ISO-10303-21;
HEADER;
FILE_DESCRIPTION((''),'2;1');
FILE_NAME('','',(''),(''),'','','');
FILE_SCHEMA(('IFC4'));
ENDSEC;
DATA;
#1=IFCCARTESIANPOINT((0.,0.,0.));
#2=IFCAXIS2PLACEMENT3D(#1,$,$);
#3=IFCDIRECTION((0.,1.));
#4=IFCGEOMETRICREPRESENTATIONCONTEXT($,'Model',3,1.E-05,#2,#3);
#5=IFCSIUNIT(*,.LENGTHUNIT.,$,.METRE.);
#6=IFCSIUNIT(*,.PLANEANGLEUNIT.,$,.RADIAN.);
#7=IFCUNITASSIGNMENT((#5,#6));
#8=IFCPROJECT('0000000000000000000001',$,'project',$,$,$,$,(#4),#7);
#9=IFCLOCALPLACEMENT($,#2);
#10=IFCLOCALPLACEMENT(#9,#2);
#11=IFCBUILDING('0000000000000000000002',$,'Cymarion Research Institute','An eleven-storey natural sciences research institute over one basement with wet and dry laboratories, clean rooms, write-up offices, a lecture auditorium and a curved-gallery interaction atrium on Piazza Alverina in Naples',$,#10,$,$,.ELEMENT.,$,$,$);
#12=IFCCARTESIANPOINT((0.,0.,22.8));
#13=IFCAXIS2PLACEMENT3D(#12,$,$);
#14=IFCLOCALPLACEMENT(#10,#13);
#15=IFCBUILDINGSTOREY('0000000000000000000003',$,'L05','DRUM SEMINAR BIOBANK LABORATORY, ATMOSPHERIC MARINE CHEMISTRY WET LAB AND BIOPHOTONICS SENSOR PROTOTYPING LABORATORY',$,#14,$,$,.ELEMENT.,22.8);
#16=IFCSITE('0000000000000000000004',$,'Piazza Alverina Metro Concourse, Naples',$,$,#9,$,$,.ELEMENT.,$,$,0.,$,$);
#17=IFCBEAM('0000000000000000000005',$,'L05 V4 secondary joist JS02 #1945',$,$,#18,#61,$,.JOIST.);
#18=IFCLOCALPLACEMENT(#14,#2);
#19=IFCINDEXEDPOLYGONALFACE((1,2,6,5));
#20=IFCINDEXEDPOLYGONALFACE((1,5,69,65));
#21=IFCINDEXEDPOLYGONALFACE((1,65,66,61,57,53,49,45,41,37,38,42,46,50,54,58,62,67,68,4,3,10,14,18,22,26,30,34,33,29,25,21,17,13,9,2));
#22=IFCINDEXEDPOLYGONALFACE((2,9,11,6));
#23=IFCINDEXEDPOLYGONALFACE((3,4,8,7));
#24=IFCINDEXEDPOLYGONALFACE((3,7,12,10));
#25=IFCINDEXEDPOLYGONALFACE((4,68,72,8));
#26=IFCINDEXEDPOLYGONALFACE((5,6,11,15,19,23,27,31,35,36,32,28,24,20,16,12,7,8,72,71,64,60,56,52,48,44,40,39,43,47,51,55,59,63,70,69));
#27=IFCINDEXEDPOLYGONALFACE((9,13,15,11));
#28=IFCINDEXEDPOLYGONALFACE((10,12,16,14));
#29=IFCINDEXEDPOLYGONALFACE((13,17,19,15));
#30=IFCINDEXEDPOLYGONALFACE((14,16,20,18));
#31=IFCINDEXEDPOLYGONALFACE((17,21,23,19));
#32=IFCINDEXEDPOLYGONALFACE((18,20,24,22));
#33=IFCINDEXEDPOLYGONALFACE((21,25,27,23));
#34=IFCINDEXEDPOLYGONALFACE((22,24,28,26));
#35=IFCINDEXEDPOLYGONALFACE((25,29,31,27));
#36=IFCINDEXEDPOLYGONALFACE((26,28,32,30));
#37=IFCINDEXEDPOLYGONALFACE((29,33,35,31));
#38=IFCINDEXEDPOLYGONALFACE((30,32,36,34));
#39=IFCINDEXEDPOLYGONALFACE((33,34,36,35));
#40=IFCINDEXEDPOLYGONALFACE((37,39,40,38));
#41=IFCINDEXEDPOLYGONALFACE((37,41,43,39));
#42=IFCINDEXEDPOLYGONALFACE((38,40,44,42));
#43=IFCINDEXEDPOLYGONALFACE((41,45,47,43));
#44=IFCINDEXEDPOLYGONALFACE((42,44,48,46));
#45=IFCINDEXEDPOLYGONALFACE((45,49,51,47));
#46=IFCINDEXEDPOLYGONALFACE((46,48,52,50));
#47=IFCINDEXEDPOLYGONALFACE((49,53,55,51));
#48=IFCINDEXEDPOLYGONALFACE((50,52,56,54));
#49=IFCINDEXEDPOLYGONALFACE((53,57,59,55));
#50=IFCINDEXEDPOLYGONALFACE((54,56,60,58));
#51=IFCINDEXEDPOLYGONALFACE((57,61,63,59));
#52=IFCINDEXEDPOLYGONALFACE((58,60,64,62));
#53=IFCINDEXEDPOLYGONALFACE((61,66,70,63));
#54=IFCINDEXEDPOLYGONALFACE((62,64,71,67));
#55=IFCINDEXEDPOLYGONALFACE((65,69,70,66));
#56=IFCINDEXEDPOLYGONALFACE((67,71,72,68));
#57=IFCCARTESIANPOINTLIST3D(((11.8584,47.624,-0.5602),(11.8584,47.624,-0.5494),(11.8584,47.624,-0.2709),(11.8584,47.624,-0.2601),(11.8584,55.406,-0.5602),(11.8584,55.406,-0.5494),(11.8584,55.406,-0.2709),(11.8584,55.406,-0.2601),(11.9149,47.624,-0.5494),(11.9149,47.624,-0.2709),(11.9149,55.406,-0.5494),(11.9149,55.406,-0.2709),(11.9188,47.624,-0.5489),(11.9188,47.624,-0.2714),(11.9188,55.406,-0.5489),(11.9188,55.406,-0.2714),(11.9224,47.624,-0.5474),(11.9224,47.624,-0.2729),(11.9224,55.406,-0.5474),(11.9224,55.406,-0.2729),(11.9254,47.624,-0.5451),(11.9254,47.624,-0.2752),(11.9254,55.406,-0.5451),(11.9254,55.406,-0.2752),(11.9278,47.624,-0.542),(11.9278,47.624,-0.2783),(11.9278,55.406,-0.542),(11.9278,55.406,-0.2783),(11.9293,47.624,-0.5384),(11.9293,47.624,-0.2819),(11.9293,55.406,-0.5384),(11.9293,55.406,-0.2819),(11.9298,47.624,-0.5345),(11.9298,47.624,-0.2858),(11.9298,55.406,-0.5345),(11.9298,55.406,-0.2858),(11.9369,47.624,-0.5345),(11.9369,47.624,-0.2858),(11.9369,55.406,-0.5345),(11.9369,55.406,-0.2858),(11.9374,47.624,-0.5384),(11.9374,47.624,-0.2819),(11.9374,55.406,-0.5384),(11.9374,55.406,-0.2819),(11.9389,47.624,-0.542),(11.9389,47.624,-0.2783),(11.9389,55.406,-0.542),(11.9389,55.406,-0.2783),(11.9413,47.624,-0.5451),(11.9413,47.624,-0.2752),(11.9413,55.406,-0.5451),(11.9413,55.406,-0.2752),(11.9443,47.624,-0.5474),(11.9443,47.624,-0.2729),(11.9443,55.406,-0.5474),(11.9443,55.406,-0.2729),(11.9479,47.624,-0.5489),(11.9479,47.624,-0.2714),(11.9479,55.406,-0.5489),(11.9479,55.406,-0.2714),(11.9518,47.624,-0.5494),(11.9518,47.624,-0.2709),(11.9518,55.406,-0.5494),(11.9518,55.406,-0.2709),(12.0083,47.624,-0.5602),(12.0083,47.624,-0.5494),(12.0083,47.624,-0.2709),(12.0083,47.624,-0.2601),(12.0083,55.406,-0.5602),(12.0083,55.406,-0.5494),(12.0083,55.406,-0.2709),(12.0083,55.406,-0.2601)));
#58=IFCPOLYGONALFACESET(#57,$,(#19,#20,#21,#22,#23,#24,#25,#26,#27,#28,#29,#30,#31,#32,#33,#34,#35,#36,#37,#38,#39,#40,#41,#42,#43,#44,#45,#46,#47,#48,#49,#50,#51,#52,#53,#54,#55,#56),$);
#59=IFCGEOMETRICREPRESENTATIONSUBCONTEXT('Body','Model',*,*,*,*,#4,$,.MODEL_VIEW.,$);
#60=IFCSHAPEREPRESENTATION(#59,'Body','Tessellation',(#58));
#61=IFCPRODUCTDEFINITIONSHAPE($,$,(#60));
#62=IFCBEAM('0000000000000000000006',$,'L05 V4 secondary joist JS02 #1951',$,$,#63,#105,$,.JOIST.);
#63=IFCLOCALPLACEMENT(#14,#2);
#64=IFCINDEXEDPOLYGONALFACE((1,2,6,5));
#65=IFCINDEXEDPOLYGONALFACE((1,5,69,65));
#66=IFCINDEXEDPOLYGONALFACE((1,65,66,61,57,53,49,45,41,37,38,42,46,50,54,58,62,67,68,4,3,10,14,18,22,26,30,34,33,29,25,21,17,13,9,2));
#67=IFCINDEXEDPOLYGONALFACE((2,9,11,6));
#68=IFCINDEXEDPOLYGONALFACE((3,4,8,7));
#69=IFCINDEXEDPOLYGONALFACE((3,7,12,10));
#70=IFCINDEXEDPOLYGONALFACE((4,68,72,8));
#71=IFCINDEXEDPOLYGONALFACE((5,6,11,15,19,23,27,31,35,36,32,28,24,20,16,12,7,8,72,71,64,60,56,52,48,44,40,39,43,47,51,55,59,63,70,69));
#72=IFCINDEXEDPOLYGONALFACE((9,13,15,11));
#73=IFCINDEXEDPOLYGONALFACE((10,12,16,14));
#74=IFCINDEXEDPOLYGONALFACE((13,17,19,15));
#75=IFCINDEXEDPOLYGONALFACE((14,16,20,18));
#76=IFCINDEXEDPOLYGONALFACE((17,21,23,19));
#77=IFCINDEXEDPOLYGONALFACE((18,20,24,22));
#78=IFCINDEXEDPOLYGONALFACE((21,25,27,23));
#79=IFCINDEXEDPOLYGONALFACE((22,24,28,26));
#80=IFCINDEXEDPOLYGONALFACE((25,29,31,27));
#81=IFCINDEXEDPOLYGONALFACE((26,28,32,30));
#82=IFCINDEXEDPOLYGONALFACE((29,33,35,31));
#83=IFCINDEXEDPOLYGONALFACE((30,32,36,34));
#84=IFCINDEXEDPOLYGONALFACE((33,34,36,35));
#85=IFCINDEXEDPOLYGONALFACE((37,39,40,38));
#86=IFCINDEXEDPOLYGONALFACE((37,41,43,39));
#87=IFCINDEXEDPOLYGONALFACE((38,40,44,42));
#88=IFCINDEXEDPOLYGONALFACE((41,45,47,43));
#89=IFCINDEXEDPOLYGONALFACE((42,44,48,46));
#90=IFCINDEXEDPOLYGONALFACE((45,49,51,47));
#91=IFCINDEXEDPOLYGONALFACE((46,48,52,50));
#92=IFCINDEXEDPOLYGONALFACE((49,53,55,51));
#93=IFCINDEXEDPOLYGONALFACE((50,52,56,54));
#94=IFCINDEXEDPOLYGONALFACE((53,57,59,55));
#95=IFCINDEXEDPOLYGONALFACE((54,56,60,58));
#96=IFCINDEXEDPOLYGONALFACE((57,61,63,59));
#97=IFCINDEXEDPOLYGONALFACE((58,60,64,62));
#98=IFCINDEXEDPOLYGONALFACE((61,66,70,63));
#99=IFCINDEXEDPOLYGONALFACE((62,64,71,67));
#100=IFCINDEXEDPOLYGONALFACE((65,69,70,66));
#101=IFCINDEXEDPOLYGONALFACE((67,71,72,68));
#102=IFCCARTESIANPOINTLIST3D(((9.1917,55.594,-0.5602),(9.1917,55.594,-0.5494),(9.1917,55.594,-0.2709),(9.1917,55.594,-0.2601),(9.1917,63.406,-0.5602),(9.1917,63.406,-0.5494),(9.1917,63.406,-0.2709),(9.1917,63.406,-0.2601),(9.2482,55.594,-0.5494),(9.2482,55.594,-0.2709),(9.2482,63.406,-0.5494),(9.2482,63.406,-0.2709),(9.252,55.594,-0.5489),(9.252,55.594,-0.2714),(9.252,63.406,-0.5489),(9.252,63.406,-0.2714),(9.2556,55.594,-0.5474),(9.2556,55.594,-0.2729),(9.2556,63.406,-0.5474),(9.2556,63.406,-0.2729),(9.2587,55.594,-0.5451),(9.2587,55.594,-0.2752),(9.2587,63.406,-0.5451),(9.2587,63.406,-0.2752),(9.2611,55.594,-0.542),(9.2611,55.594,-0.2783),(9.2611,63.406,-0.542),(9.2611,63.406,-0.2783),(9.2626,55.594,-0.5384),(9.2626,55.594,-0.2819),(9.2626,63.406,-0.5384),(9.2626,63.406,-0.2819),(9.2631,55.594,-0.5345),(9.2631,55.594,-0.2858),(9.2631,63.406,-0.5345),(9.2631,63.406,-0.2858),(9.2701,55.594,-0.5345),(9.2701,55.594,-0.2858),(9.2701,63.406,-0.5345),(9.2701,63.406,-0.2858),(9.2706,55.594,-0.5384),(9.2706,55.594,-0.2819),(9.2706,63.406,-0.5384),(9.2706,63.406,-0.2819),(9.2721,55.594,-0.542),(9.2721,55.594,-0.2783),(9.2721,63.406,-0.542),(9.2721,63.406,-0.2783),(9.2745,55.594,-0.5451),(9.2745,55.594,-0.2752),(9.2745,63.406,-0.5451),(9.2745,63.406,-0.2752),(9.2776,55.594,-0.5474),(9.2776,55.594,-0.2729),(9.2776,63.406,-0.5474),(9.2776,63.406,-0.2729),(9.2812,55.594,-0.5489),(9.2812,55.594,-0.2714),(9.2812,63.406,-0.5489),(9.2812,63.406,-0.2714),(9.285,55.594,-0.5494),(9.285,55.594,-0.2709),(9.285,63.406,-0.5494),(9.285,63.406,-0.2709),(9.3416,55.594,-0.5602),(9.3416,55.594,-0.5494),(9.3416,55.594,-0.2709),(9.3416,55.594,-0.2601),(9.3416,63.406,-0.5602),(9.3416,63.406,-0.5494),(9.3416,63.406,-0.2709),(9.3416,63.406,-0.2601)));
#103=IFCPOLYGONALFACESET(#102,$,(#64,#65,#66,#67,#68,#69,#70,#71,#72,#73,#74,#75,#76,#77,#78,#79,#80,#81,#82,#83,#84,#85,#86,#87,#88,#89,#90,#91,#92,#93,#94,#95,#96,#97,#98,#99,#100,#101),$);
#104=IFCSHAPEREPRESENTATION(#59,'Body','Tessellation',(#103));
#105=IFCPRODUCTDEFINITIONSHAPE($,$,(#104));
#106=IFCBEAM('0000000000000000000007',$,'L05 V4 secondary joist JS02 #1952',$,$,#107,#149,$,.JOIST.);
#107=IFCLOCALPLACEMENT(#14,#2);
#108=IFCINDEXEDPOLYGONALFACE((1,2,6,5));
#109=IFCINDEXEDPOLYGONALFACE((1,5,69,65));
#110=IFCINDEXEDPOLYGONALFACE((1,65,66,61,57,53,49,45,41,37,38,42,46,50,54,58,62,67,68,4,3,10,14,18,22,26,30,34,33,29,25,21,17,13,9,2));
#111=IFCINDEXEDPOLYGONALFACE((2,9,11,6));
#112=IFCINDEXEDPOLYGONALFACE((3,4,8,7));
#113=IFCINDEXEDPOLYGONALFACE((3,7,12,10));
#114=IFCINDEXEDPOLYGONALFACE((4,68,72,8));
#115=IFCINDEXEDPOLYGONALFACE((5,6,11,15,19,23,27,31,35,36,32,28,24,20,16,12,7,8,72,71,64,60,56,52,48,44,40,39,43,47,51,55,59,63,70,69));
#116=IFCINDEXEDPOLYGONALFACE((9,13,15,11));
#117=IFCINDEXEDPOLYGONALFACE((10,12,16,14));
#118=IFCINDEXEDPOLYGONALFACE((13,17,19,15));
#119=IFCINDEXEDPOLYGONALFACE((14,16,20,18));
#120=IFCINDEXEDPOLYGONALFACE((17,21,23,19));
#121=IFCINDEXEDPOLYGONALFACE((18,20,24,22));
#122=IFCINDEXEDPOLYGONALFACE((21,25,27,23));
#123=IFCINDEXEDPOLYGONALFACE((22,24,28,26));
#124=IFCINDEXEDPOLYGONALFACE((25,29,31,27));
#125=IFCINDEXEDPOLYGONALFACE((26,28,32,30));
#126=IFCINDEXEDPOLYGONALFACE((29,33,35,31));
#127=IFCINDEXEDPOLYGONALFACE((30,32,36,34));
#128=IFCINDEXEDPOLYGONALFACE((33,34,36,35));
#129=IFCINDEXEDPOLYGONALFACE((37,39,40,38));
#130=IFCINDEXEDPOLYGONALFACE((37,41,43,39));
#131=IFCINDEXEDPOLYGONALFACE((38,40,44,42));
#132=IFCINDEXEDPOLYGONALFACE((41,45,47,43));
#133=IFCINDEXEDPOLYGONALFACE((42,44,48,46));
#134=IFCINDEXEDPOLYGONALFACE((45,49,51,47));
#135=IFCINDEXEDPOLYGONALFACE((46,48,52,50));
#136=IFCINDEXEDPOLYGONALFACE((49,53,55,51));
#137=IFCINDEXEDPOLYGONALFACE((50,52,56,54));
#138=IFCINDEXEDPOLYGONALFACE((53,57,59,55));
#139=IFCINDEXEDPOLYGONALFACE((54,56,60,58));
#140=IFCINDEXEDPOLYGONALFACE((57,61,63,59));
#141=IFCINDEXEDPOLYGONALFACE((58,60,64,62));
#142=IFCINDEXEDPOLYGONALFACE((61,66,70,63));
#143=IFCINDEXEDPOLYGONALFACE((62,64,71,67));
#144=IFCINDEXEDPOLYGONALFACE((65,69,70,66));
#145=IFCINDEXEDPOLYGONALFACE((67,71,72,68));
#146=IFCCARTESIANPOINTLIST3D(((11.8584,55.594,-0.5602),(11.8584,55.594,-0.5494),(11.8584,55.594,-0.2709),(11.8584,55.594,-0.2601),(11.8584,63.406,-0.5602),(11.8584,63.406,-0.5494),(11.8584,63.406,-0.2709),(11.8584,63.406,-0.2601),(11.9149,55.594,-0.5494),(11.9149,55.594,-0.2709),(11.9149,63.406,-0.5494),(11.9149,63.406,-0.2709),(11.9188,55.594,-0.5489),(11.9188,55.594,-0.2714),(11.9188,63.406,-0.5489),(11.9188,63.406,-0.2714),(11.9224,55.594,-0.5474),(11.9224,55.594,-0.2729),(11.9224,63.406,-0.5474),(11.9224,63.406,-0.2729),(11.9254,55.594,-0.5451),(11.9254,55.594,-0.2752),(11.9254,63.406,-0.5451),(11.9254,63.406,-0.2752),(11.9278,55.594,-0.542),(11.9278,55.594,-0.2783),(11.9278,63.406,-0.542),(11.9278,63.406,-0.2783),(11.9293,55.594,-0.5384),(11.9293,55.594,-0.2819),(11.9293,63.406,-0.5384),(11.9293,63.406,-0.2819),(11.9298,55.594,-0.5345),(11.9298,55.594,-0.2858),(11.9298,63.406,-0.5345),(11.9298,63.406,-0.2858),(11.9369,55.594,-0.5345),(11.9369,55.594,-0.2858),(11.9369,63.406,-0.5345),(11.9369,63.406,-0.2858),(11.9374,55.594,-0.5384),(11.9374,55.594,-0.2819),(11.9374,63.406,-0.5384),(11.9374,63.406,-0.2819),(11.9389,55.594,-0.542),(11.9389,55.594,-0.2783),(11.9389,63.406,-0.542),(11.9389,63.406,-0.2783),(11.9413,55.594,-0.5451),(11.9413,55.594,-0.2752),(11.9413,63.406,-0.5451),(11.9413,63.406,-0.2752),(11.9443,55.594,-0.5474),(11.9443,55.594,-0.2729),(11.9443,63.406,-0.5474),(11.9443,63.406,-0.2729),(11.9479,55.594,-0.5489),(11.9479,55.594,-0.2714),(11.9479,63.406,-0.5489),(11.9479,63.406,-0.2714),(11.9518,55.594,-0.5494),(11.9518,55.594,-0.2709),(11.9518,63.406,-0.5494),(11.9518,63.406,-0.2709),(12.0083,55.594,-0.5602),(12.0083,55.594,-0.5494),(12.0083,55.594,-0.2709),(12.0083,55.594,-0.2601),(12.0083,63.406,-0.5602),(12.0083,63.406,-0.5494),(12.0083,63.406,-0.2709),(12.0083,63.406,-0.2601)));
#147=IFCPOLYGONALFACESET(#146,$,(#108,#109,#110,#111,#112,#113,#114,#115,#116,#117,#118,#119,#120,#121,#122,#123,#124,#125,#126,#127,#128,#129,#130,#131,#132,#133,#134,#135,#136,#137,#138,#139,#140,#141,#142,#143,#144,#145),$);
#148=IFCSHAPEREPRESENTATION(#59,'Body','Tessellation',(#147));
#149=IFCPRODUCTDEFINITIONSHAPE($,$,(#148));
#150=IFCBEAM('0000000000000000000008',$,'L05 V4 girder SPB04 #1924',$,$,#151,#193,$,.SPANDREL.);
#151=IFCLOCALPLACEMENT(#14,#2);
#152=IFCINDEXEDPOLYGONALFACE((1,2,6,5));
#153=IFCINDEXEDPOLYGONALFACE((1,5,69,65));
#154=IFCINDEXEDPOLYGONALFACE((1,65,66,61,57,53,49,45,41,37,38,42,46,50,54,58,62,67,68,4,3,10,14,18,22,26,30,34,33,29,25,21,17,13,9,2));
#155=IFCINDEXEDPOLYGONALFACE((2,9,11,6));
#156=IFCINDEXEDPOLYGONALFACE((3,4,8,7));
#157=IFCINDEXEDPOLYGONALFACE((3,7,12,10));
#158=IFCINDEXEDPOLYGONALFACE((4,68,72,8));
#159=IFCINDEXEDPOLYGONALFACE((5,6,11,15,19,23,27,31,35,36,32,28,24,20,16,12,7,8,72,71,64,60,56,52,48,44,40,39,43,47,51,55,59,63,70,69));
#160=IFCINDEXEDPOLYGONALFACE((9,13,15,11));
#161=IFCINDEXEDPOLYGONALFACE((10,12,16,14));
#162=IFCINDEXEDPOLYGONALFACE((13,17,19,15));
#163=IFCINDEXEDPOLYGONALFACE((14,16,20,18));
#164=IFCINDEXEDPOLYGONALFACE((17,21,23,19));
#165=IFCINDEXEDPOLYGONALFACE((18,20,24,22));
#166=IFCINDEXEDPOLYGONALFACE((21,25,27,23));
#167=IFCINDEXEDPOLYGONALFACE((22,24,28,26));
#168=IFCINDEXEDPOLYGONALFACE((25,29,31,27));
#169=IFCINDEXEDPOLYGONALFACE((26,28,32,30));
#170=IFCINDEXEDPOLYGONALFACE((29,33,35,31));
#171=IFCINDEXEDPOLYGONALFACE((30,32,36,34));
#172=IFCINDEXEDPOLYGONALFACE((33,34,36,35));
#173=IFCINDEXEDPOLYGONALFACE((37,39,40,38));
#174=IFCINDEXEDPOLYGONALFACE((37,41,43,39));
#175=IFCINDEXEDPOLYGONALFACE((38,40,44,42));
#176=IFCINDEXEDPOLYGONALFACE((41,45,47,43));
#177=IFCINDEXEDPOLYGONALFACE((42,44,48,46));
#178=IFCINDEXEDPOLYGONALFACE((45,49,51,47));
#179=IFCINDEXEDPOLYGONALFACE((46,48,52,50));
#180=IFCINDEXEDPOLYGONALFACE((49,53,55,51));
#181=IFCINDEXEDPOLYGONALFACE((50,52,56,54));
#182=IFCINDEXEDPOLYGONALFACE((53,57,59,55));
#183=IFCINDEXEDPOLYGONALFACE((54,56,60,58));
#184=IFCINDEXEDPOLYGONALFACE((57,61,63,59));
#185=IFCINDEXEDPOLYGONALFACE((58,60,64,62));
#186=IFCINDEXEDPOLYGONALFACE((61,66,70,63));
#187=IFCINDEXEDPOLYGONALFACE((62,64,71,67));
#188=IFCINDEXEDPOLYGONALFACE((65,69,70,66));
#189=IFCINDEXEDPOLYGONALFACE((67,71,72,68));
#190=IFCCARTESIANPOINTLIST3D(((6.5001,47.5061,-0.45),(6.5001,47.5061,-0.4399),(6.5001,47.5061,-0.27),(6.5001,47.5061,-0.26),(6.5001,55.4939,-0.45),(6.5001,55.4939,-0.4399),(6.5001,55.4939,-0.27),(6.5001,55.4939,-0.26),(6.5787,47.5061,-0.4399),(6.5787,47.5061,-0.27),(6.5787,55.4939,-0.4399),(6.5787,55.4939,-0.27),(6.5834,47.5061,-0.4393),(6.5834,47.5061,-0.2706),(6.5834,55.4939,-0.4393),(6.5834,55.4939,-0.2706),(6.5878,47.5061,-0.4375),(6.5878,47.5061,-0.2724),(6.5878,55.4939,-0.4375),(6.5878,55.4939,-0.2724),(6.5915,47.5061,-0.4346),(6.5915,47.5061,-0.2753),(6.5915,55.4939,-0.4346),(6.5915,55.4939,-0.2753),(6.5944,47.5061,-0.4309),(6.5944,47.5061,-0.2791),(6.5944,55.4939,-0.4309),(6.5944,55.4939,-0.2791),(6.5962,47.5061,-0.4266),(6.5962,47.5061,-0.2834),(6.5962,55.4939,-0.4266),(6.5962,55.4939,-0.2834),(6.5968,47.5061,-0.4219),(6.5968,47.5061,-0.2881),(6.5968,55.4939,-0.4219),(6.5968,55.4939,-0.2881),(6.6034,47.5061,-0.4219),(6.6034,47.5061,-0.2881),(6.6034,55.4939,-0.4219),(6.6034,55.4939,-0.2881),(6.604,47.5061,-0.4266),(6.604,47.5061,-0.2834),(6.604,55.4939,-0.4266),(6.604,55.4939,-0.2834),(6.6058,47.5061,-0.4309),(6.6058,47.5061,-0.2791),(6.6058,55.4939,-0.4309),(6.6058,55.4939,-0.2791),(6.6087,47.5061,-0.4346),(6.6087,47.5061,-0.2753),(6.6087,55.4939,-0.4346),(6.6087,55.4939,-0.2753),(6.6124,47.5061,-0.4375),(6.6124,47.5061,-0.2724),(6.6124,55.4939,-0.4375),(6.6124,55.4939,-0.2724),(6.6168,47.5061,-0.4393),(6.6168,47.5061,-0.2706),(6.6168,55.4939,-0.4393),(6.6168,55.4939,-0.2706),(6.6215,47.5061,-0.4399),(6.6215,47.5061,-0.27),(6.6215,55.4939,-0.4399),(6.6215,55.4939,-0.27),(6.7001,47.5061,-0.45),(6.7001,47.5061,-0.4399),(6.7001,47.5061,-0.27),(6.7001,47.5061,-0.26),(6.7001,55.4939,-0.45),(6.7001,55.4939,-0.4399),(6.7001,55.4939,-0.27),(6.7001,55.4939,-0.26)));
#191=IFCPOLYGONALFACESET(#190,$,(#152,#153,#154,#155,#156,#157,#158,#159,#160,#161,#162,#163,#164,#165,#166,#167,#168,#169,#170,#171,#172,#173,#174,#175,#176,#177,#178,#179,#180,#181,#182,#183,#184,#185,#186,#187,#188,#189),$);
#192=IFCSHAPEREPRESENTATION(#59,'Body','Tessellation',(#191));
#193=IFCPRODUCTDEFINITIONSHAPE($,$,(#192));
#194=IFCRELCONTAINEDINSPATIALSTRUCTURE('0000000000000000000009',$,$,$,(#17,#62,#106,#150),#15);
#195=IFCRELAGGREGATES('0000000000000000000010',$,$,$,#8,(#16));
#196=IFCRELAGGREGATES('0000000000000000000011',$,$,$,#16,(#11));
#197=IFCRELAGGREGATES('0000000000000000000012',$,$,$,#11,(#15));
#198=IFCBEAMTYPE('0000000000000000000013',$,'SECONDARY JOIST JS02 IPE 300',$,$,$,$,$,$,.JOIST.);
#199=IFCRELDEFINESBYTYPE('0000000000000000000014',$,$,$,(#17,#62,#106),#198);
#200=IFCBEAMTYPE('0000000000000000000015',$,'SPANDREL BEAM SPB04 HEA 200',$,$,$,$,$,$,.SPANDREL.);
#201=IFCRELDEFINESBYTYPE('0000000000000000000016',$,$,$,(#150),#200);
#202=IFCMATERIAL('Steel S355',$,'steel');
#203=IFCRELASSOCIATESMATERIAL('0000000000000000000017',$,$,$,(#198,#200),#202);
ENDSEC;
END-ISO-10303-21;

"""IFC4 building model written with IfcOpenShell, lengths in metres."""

from ifc_helpers import new_model, si_unit, direction, frame, origin, origin_2d, place, context, subcontext, project, spatial, i_section, extrude, material, material_profile, profile_set, type_object, element, save


model = new_model("IFC4")

# Units and contexts
model_context = context("Model", 3, precision=1e-05, world=origin(), true_north=direction((0.0, 1.0)))
body_context = subcontext(model_context, "Body", "Model", "MODEL_VIEW")
ifc_project = project(units=[si_unit("LENGTHUNIT", "METRE"), si_unit("PLANEANGLEUNIT", "RADIAN")], contexts=[model_context])

# Site, building, storey
site_placement = place(None, origin())
site = spatial("IfcSite", under=ifc_project, at=site_placement, Name="Piazza Alverina Metro Concourse, Naples", CompositionType="ELEMENT", RefElevation=0.0)
building_placement = place(site_placement, origin())
building = spatial("IfcBuilding", under=site, at=building_placement, Name="Cymarion Research Institute", Description="An eleven-storey natural sciences research institute over one basement with wet and dry laboratories, clean rooms, write-up offices, a lecture auditorium and a curved-gallery interaction atrium on Piazza Alverina in Naples", CompositionType="ELEMENT")
storey_placement = place(building_placement, frame((0.0, 0.0, 22.8)))
storey = spatial("IfcBuildingStorey", under=building, at=storey_placement, Name="L05", Description="DRUM SEMINAR BIOBANK LABORATORY, ATMOSPHERIC MARINE CHEMISTRY WET LAB AND BIOPHOTONICS SENSOR PROTOTYPING LABORATORY", CompositionType="ELEMENT", Elevation=22.8)

# Beams
ifc_material_1 = material(Name="Steel S355", Category="steel")
ifc_material_profile_1 = material_profile(ifc_material_1, i_section(OverallWidth=0.1499, OverallDepth=0.3, WebThickness=0.0071, FlangeThickness=0.0107, FilletRadius=0.0149, at=origin_2d()), Name="IPE 300")
ifc_profile_set_1 = profile_set([ifc_material_profile_1], Name="Steel S355")
beam_type_1 = type_object("IfcBeamType", Name="SECONDARY JOIST JS02 IPE 300", PredefinedType="JOIST", material=ifc_profile_set_1)
for number, where, z_axis, x_axis, name in (
    (1, (11.9333, 47.624, -0.4102), (0.0, 1.0, 0.0), (-1.0, 0.0, 0.0), "L05 V4 secondary joist JS02 #1945"),
):
    element("IfcBeam", number, at=place(storey_placement, frame(where, z_axis=z_axis, x_axis=x_axis)), inside=storey, type_object=beam_type_1, Name=name, PredefinedType="JOIST", context=body_context, shape_type="SweptSolid", body=[
        extrude(i_section(OverallWidth=0.1499, OverallDepth=0.3, WebThickness=0.0071, FlangeThickness=0.0107, FilletRadius=0.0149, at=origin_2d()), origin(), (0.0, 0.0, 1.0), 7.782),
    ])
for number, where, z_axis, x_axis, name in (
    (2, (9.2666, 55.594, -0.4102), (0.0, 1.0, 0.0), (-1.0, 0.0, 0.0), "L05 V4 secondary joist JS02 #1951"),
    (3, (11.9333, 55.594, -0.4102), (0.0, 1.0, 0.0), (-1.0, 0.0, 0.0), "L05 V4 secondary joist JS02 #1952"),
):
    element("IfcBeam", number, at=place(storey_placement, frame(where, z_axis=z_axis, x_axis=x_axis)), inside=storey, type_object=beam_type_1, Name=name, PredefinedType="JOIST", context=body_context, shape_type="SweptSolid", body=[
        extrude(i_section(OverallWidth=0.1499, OverallDepth=0.3, WebThickness=0.0071, FlangeThickness=0.0107, FilletRadius=0.0149, at=origin_2d()), origin(), (0.0, 0.0, 1.0), 7.812),
    ])
ifc_material_profile_2 = material_profile(ifc_material_1, i_section(OverallWidth=0.2, OverallDepth=0.1899, WebThickness=0.0066, FlangeThickness=0.01, FilletRadius=0.0181, at=origin_2d()), Name="HEA 200")
ifc_profile_set_2 = profile_set([ifc_material_profile_2], Name="Steel S355")
beam_type_2 = type_object("IfcBeamType", Name="SPANDREL BEAM SPB04 HEA 200", PredefinedType="SPANDREL", material=ifc_profile_set_2)
for number, where, z_axis, x_axis, name in (
    (4, (6.6001, 47.5061, -0.355), (0.0, 1.0, 0.0), (-1.0, 0.0, 0.0), "L05 V4 girder SPB04 #1924"),
):
    element("IfcBeam", number, at=place(storey_placement, frame(where, z_axis=z_axis, x_axis=x_axis)), inside=storey, type_object=beam_type_2, Name=name, PredefinedType="SPANDREL", context=body_context, shape_type="SweptSolid", body=[
        extrude(i_section(OverallWidth=0.2, OverallDepth=0.1899, WebThickness=0.0066, FlangeThickness=0.01, FilletRadius=0.0181, at=origin_2d()), origin(), (0.0, 0.0, 1.0), 7.9878),
    ])

save(model, "model.ifc")
